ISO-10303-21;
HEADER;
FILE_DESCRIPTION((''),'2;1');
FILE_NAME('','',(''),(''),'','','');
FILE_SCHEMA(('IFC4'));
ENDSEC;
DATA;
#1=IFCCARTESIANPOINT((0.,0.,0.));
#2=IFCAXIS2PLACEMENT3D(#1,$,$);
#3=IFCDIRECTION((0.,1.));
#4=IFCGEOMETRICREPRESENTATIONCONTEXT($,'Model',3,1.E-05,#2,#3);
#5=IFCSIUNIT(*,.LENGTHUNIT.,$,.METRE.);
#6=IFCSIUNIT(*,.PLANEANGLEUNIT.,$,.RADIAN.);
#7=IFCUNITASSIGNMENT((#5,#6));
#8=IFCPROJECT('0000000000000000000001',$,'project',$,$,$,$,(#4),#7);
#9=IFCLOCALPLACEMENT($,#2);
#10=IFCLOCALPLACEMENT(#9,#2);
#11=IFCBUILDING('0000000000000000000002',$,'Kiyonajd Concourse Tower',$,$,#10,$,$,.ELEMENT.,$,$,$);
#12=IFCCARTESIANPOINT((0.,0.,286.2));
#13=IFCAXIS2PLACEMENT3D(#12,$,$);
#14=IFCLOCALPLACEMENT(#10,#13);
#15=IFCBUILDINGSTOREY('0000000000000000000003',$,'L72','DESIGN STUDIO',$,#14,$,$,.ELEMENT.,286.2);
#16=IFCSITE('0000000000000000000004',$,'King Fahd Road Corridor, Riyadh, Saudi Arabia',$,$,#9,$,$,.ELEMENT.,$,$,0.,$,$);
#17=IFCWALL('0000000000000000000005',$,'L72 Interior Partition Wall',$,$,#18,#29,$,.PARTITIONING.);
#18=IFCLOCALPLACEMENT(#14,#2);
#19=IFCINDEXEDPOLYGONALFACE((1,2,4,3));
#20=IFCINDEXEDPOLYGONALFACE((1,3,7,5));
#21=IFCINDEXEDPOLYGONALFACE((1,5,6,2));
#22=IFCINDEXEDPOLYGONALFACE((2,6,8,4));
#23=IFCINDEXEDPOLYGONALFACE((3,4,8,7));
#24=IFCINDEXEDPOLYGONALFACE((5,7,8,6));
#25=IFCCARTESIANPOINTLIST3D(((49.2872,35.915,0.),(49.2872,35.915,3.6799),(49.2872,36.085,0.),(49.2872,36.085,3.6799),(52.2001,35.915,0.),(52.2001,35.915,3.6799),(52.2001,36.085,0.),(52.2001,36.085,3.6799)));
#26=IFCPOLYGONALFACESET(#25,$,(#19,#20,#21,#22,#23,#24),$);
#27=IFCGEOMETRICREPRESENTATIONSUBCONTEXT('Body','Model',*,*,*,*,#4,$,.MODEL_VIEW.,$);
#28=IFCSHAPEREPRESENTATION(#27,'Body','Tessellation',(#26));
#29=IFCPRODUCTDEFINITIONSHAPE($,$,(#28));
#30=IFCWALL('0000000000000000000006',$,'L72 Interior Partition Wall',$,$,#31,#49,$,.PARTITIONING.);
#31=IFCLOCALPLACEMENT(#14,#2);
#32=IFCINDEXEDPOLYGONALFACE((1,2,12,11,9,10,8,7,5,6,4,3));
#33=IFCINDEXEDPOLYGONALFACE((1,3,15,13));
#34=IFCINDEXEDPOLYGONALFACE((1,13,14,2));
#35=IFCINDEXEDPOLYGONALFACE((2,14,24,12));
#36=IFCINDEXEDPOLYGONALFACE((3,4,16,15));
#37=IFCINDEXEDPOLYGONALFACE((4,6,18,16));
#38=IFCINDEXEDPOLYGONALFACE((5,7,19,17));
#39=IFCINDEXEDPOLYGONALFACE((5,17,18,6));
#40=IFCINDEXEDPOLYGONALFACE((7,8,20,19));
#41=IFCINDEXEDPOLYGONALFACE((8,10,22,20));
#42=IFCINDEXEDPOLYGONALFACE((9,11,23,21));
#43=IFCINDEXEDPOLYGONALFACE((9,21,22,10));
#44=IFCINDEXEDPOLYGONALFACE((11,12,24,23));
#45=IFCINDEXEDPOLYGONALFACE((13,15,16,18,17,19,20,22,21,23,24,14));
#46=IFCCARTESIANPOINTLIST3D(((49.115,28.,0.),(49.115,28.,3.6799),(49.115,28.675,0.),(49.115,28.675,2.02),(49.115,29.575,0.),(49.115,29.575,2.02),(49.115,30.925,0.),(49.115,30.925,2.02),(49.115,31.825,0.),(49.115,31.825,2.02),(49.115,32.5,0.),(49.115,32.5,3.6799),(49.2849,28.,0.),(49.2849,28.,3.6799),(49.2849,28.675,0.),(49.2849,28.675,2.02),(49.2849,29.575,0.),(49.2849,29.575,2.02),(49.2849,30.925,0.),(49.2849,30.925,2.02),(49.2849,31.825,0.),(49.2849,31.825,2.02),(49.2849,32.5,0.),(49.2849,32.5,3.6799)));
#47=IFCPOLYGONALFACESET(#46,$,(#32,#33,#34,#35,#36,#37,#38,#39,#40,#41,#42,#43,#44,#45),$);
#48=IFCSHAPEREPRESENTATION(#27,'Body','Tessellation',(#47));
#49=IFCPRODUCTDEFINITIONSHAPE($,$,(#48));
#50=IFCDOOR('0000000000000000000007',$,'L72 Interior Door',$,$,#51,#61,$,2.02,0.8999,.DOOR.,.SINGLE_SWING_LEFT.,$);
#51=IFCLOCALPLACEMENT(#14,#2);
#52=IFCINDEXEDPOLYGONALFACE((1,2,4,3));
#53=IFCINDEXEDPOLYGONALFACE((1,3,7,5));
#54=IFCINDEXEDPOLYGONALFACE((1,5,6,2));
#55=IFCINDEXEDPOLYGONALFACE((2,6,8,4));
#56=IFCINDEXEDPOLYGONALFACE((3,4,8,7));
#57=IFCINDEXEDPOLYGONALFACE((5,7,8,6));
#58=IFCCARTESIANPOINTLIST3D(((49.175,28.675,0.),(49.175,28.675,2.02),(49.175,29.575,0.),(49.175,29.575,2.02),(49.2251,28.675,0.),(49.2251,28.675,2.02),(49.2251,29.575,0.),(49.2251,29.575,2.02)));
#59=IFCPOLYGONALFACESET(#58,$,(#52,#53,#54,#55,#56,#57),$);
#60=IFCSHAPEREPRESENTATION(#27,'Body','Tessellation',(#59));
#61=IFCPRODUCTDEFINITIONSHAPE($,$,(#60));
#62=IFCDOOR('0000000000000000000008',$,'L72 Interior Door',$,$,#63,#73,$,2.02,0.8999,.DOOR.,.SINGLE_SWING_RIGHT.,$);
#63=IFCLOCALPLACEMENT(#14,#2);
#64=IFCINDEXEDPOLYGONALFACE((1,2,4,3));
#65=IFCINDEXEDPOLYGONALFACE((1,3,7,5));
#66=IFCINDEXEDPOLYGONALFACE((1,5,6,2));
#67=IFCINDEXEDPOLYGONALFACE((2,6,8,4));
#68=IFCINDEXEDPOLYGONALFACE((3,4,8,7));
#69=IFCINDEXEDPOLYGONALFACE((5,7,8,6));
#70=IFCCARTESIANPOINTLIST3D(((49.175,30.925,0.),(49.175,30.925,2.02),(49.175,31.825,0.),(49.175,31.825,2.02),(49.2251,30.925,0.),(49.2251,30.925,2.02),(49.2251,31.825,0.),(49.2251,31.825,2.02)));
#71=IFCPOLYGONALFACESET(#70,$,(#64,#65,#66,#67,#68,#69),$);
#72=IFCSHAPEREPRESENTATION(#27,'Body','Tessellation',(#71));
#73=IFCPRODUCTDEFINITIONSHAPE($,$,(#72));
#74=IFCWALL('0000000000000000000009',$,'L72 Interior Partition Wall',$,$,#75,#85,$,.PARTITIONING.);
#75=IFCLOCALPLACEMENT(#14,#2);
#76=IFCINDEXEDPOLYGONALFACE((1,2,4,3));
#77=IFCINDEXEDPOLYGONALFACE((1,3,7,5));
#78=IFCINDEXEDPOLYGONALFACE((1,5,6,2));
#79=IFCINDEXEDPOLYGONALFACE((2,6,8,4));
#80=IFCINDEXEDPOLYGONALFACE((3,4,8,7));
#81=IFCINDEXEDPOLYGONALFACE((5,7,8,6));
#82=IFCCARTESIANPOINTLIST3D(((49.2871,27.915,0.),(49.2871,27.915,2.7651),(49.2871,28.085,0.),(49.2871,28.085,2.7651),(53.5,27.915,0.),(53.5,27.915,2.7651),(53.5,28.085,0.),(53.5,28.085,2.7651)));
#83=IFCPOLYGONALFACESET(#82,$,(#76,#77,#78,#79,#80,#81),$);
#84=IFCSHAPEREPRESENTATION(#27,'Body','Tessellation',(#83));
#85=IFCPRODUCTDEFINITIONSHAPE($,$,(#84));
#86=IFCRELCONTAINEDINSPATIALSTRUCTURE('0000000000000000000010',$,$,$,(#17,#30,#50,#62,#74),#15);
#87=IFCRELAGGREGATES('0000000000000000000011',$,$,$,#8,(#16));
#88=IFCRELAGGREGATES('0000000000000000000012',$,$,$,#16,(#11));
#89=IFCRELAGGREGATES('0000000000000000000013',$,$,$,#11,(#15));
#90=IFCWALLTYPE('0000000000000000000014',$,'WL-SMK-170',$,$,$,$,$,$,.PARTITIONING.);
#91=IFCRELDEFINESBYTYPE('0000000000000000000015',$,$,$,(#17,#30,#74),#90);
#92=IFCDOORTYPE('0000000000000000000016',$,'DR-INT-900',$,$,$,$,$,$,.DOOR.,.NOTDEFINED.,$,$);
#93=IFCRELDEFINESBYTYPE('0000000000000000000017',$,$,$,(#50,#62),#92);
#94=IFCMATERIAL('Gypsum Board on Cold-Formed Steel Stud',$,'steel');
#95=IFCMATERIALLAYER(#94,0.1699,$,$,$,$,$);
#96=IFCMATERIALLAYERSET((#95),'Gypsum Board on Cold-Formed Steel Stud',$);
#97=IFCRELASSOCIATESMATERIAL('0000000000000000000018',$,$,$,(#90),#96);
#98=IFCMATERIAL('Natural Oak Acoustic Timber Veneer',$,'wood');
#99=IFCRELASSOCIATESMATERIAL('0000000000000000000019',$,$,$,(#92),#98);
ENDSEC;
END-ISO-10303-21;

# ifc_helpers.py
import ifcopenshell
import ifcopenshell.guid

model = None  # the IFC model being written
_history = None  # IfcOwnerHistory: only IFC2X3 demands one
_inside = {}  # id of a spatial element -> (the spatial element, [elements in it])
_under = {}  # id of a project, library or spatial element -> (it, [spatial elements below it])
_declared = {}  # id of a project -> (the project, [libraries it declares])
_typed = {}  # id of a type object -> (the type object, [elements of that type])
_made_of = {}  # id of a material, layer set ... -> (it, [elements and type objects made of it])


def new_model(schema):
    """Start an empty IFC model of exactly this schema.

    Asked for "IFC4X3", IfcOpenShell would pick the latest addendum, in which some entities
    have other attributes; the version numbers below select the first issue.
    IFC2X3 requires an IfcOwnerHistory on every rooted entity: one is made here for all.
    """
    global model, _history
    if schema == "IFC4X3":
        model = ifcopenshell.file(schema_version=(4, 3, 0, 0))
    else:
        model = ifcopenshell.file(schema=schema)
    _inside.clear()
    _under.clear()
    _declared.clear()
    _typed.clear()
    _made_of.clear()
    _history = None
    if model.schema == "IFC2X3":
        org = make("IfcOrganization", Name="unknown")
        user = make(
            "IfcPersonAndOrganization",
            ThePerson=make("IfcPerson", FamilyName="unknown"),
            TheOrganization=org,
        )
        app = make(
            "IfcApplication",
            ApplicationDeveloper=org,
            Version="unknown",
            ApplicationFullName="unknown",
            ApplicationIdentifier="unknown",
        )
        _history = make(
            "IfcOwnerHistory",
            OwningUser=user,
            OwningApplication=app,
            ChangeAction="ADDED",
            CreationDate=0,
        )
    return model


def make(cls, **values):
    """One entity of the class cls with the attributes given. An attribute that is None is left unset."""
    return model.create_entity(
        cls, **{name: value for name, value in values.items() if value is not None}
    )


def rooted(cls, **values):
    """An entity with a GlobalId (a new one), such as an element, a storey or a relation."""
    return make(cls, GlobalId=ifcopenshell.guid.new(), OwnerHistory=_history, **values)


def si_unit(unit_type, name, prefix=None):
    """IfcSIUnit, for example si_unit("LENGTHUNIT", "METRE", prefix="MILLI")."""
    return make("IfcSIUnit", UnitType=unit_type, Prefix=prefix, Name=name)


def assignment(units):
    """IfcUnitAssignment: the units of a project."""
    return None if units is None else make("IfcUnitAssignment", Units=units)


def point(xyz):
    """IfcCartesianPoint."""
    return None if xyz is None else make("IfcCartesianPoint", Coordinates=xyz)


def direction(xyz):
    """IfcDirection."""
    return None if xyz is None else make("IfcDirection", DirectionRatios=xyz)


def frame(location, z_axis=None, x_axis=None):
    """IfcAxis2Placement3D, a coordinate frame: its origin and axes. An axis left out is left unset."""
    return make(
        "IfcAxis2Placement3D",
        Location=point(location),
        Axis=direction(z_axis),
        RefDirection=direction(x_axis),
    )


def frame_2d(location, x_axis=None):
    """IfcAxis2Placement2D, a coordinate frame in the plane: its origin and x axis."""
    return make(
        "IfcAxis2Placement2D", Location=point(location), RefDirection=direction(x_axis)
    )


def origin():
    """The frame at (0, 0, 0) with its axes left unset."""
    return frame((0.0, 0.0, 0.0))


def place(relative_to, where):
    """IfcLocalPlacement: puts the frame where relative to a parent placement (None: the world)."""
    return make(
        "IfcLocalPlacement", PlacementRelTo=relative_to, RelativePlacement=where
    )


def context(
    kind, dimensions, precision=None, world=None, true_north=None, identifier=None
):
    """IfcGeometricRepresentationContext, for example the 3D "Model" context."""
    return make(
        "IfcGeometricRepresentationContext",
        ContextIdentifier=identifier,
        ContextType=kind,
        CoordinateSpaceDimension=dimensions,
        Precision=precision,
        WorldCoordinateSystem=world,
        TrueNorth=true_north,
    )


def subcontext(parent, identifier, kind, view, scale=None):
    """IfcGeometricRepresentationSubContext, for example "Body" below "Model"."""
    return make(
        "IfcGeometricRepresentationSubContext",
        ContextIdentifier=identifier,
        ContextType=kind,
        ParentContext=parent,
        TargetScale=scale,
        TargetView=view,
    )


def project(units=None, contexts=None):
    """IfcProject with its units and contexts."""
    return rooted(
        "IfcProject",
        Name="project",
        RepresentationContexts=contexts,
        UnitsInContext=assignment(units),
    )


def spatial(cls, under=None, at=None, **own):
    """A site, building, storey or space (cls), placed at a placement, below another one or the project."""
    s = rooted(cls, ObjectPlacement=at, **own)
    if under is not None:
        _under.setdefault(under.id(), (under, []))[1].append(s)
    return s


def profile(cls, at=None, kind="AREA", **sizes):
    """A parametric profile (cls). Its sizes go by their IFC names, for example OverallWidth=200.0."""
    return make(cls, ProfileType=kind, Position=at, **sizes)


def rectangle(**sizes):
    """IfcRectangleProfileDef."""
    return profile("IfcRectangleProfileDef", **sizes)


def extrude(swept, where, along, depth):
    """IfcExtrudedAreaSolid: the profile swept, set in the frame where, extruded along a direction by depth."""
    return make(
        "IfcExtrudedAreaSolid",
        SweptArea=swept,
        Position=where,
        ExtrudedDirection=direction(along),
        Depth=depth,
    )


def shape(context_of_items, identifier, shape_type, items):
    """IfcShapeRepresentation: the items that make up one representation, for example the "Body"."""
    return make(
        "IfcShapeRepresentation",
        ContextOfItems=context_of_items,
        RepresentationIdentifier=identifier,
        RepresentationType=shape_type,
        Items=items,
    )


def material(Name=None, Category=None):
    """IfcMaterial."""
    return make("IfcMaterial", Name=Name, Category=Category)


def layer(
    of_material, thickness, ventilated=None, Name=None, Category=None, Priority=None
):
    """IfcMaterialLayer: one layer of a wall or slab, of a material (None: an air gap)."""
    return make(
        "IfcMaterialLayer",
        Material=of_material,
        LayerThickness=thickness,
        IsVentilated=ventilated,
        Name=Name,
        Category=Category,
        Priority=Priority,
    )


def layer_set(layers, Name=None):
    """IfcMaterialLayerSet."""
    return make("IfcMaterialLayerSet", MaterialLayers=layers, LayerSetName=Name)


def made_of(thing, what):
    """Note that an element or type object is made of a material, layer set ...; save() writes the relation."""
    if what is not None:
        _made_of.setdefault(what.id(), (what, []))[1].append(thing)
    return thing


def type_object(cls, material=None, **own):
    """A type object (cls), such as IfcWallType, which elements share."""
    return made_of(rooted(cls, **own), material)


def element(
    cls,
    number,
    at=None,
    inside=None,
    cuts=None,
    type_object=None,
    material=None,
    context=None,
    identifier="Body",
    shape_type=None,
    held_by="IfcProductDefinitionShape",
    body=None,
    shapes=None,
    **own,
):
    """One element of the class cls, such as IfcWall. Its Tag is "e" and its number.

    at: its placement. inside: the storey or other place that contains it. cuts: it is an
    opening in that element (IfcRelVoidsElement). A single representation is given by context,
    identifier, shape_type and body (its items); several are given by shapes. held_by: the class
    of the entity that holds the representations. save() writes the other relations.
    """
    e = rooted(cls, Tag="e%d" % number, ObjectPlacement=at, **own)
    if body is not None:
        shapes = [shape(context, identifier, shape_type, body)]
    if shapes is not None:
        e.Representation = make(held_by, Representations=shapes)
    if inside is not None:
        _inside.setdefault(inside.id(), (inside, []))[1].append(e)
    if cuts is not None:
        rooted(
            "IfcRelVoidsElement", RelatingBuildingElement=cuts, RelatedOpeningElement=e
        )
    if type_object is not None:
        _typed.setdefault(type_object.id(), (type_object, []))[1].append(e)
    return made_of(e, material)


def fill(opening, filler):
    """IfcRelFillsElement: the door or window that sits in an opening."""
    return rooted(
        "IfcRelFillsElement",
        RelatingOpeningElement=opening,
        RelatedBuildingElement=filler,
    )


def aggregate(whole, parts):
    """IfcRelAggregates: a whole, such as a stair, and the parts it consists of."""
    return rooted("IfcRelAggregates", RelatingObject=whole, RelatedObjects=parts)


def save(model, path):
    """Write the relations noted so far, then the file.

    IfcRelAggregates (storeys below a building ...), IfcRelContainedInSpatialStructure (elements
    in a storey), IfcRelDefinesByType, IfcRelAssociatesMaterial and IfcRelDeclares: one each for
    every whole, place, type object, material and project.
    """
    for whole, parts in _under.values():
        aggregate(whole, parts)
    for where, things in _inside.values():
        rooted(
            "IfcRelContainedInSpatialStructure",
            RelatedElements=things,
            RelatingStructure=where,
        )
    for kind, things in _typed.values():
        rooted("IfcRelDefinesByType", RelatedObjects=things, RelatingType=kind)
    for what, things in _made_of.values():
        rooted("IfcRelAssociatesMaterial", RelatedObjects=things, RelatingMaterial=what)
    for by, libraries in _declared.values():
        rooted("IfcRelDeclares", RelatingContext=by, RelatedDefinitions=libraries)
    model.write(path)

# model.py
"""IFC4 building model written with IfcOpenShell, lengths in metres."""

from ifc_helpers import new_model, si_unit, direction, frame, frame_2d, origin, place, context, subcontext, project, spatial, rectangle, extrude, material, layer, layer_set, type_object, element, fill, save


model = new_model("IFC4")

# Units and contexts
model_context = context("Model", 3, precision=1e-05, world=origin(), true_north=direction((0.0, 1.0)))
body_context = subcontext(model_context, "Body", "Model", "MODEL_VIEW")
ifc_project = project(units=[si_unit("LENGTHUNIT", "METRE"), si_unit("PLANEANGLEUNIT", "RADIAN")], contexts=[model_context])

# Site, building, storey
site_placement = place(None, origin())
site = spatial("IfcSite", under=ifc_project, at=site_placement, Name="King Fahd Road Corridor, Riyadh, Saudi Arabia", CompositionType="ELEMENT", RefElevation=0.0)
building_placement = place(site_placement, origin())
building = spatial("IfcBuilding", under=site, at=building_placement, Name="Kiyonajd Concourse Tower", CompositionType="ELEMENT")
storey_placement = place(building_placement, frame((0.0, 0.0, 286.2)))
storey = spatial("IfcBuildingStorey", under=building, at=storey_placement, Name="L72", Description="DESIGN STUDIO", CompositionType="ELEMENT", Elevation=286.2)

# Shared definitions
ifc_material_1 = material(Name="Gypsum Board on Cold-Formed Steel Stud", Category="steel")

# Shared definitions
ifc_layer_1 = layer(ifc_material_1, 0.1699)
ifc_layer_set_1 = layer_set([ifc_layer_1], Name="Gypsum Board on Cold-Formed Steel Stud")
wall_type_1 = type_object("IfcWallType", Name="WL-SMK-170", PredefinedType="PARTITIONING", material=ifc_layer_set_1)
ifc_material_2 = material(Name="Natural Oak Acoustic Timber Veneer", Category="wood")
door_type_1 = type_object("IfcDoorType", Name="DR-INT-900", OperationType="NOTDEFINED", PredefinedType="DOOR", material=ifc_material_2)

# Wall
for number, where, z_axis, x_axis, name in (
    (1, (49.2871, 36.0, 0.0), (0.0, 0.0, 1.0), (1.0, 0.0, 0.0), "L72 Interior Partition Wall"),
):
    element("IfcWall", number, at=place(storey_placement, frame(where, z_axis=z_axis, x_axis=x_axis)), inside=storey, type_object=wall_type_1, Name=name, PredefinedType="PARTITIONING", context=body_context, shape_type="SweptSolid", body=[
        extrude(rectangle(XDim=2.9128, YDim=0.1699, at=frame_2d((1.4565, 0.0))), origin(), (0.0, 0.0, 1.0), 3.6799),
    ])

# Wall, openings, doors
wall_1_placement = place(storey_placement, frame((49.2, 28.0, 0.0), z_axis=(0.0, 0.0, 1.0), x_axis=(0.0, 1.0, 0.0)))
wall_1 = element("IfcWall", 2, at=wall_1_placement, inside=storey, type_object=wall_type_1, Name="L72 Interior Partition Wall", PredefinedType="PARTITIONING", context=body_context, shape_type="SweptSolid", body=[
    extrude(rectangle(XDim=4.5, YDim=0.1699, at=frame_2d((2.25, 0.0))), origin(), (0.0, 0.0, 1.0), 3.6799),
])
opening_1_placement = place(wall_1_placement, frame((0.675, 0.0, 0.0)))
opening_1 = element("IfcOpeningElement", 3, at=opening_1_placement, cuts=wall_1, PredefinedType="OPENING", context=body_context, shape_type="SweptSolid", body=[
    extrude(rectangle(XDim=0.8999, YDim=2.02, at=frame_2d((0.45, 1.01))), frame((0.0, 0.095, 0.0), z_axis=(0.0, -1.0, 0.0), x_axis=(1.0, 0.0, 0.0)), (0.0, 0.0, 1.0), 0.1899),
])
opening_2_placement = place(wall_1_placement, frame((2.925, 0.0, 0.0)))
opening_2 = element("IfcOpeningElement", 4, at=opening_2_placement, cuts=wall_1, PredefinedType="OPENING", context=body_context, shape_type="SweptSolid", body=[
    extrude(rectangle(XDim=0.8999, YDim=2.02, at=frame_2d((0.45, 1.01))), frame((0.0, 0.095, 0.0), z_axis=(0.0, -1.0, 0.0), x_axis=(1.0, 0.0, 0.0)), (0.0, 0.0, 1.0), 0.1899),
])
door_1_placement = place(opening_1_placement, origin())
door_1 = element("IfcDoor", 5, at=door_1_placement, inside=storey, type_object=door_type_1, Name="L72 Interior Door", OperationType="SINGLE_SWING_LEFT", OverallHeight=2.02, OverallWidth=0.8999, PredefinedType="DOOR", context=body_context, shape_type="SweptSolid", body=[
    extrude(rectangle(XDim=0.8999, YDim=2.02, at=frame_2d((0.45, 1.01))), frame((0.0, 0.0249, 0.0), z_axis=(0.0, -1.0, 0.0), x_axis=(1.0, 0.0, 0.0)), (0.0, 0.0, 1.0), 0.05),
])
fill(opening_1, door_1)
door_2_placement = place(opening_2_placement, origin())
door_2 = element("IfcDoor", 6, at=door_2_placement, inside=storey, type_object=door_type_1, Name="L72 Interior Door", OperationType="SINGLE_SWING_RIGHT", OverallHeight=2.02, OverallWidth=0.8999, PredefinedType="DOOR", context=body_context, shape_type="SweptSolid", body=[
    extrude(rectangle(XDim=0.8999, YDim=2.02, at=frame_2d((0.45, 1.01))), frame((0.0, 0.0249, 0.0), z_axis=(0.0, -1.0, 0.0), x_axis=(1.0, 0.0, 0.0)), (0.0, 0.0, 1.0), 0.05),
])
fill(opening_2, door_2)

# Wall
wall_2_placement = place(storey_placement, frame((49.2871, 28.0, 0.0), z_axis=(0.0, 0.0, 1.0), x_axis=(1.0, 0.0, 0.0)))
element("IfcWall", 7, at=wall_2_placement, inside=storey, type_object=wall_type_1, Name="L72 Interior Partition Wall", PredefinedType="PARTITIONING", context=body_context, shape_type="SweptSolid", body=[
    extrude(rectangle(XDim=4.2129, YDim=0.1699, at=frame_2d((2.1064, 0.0))), origin(), (0.0, 0.0, 1.0), 2.7651),
])

save(model, "model.ifc")
